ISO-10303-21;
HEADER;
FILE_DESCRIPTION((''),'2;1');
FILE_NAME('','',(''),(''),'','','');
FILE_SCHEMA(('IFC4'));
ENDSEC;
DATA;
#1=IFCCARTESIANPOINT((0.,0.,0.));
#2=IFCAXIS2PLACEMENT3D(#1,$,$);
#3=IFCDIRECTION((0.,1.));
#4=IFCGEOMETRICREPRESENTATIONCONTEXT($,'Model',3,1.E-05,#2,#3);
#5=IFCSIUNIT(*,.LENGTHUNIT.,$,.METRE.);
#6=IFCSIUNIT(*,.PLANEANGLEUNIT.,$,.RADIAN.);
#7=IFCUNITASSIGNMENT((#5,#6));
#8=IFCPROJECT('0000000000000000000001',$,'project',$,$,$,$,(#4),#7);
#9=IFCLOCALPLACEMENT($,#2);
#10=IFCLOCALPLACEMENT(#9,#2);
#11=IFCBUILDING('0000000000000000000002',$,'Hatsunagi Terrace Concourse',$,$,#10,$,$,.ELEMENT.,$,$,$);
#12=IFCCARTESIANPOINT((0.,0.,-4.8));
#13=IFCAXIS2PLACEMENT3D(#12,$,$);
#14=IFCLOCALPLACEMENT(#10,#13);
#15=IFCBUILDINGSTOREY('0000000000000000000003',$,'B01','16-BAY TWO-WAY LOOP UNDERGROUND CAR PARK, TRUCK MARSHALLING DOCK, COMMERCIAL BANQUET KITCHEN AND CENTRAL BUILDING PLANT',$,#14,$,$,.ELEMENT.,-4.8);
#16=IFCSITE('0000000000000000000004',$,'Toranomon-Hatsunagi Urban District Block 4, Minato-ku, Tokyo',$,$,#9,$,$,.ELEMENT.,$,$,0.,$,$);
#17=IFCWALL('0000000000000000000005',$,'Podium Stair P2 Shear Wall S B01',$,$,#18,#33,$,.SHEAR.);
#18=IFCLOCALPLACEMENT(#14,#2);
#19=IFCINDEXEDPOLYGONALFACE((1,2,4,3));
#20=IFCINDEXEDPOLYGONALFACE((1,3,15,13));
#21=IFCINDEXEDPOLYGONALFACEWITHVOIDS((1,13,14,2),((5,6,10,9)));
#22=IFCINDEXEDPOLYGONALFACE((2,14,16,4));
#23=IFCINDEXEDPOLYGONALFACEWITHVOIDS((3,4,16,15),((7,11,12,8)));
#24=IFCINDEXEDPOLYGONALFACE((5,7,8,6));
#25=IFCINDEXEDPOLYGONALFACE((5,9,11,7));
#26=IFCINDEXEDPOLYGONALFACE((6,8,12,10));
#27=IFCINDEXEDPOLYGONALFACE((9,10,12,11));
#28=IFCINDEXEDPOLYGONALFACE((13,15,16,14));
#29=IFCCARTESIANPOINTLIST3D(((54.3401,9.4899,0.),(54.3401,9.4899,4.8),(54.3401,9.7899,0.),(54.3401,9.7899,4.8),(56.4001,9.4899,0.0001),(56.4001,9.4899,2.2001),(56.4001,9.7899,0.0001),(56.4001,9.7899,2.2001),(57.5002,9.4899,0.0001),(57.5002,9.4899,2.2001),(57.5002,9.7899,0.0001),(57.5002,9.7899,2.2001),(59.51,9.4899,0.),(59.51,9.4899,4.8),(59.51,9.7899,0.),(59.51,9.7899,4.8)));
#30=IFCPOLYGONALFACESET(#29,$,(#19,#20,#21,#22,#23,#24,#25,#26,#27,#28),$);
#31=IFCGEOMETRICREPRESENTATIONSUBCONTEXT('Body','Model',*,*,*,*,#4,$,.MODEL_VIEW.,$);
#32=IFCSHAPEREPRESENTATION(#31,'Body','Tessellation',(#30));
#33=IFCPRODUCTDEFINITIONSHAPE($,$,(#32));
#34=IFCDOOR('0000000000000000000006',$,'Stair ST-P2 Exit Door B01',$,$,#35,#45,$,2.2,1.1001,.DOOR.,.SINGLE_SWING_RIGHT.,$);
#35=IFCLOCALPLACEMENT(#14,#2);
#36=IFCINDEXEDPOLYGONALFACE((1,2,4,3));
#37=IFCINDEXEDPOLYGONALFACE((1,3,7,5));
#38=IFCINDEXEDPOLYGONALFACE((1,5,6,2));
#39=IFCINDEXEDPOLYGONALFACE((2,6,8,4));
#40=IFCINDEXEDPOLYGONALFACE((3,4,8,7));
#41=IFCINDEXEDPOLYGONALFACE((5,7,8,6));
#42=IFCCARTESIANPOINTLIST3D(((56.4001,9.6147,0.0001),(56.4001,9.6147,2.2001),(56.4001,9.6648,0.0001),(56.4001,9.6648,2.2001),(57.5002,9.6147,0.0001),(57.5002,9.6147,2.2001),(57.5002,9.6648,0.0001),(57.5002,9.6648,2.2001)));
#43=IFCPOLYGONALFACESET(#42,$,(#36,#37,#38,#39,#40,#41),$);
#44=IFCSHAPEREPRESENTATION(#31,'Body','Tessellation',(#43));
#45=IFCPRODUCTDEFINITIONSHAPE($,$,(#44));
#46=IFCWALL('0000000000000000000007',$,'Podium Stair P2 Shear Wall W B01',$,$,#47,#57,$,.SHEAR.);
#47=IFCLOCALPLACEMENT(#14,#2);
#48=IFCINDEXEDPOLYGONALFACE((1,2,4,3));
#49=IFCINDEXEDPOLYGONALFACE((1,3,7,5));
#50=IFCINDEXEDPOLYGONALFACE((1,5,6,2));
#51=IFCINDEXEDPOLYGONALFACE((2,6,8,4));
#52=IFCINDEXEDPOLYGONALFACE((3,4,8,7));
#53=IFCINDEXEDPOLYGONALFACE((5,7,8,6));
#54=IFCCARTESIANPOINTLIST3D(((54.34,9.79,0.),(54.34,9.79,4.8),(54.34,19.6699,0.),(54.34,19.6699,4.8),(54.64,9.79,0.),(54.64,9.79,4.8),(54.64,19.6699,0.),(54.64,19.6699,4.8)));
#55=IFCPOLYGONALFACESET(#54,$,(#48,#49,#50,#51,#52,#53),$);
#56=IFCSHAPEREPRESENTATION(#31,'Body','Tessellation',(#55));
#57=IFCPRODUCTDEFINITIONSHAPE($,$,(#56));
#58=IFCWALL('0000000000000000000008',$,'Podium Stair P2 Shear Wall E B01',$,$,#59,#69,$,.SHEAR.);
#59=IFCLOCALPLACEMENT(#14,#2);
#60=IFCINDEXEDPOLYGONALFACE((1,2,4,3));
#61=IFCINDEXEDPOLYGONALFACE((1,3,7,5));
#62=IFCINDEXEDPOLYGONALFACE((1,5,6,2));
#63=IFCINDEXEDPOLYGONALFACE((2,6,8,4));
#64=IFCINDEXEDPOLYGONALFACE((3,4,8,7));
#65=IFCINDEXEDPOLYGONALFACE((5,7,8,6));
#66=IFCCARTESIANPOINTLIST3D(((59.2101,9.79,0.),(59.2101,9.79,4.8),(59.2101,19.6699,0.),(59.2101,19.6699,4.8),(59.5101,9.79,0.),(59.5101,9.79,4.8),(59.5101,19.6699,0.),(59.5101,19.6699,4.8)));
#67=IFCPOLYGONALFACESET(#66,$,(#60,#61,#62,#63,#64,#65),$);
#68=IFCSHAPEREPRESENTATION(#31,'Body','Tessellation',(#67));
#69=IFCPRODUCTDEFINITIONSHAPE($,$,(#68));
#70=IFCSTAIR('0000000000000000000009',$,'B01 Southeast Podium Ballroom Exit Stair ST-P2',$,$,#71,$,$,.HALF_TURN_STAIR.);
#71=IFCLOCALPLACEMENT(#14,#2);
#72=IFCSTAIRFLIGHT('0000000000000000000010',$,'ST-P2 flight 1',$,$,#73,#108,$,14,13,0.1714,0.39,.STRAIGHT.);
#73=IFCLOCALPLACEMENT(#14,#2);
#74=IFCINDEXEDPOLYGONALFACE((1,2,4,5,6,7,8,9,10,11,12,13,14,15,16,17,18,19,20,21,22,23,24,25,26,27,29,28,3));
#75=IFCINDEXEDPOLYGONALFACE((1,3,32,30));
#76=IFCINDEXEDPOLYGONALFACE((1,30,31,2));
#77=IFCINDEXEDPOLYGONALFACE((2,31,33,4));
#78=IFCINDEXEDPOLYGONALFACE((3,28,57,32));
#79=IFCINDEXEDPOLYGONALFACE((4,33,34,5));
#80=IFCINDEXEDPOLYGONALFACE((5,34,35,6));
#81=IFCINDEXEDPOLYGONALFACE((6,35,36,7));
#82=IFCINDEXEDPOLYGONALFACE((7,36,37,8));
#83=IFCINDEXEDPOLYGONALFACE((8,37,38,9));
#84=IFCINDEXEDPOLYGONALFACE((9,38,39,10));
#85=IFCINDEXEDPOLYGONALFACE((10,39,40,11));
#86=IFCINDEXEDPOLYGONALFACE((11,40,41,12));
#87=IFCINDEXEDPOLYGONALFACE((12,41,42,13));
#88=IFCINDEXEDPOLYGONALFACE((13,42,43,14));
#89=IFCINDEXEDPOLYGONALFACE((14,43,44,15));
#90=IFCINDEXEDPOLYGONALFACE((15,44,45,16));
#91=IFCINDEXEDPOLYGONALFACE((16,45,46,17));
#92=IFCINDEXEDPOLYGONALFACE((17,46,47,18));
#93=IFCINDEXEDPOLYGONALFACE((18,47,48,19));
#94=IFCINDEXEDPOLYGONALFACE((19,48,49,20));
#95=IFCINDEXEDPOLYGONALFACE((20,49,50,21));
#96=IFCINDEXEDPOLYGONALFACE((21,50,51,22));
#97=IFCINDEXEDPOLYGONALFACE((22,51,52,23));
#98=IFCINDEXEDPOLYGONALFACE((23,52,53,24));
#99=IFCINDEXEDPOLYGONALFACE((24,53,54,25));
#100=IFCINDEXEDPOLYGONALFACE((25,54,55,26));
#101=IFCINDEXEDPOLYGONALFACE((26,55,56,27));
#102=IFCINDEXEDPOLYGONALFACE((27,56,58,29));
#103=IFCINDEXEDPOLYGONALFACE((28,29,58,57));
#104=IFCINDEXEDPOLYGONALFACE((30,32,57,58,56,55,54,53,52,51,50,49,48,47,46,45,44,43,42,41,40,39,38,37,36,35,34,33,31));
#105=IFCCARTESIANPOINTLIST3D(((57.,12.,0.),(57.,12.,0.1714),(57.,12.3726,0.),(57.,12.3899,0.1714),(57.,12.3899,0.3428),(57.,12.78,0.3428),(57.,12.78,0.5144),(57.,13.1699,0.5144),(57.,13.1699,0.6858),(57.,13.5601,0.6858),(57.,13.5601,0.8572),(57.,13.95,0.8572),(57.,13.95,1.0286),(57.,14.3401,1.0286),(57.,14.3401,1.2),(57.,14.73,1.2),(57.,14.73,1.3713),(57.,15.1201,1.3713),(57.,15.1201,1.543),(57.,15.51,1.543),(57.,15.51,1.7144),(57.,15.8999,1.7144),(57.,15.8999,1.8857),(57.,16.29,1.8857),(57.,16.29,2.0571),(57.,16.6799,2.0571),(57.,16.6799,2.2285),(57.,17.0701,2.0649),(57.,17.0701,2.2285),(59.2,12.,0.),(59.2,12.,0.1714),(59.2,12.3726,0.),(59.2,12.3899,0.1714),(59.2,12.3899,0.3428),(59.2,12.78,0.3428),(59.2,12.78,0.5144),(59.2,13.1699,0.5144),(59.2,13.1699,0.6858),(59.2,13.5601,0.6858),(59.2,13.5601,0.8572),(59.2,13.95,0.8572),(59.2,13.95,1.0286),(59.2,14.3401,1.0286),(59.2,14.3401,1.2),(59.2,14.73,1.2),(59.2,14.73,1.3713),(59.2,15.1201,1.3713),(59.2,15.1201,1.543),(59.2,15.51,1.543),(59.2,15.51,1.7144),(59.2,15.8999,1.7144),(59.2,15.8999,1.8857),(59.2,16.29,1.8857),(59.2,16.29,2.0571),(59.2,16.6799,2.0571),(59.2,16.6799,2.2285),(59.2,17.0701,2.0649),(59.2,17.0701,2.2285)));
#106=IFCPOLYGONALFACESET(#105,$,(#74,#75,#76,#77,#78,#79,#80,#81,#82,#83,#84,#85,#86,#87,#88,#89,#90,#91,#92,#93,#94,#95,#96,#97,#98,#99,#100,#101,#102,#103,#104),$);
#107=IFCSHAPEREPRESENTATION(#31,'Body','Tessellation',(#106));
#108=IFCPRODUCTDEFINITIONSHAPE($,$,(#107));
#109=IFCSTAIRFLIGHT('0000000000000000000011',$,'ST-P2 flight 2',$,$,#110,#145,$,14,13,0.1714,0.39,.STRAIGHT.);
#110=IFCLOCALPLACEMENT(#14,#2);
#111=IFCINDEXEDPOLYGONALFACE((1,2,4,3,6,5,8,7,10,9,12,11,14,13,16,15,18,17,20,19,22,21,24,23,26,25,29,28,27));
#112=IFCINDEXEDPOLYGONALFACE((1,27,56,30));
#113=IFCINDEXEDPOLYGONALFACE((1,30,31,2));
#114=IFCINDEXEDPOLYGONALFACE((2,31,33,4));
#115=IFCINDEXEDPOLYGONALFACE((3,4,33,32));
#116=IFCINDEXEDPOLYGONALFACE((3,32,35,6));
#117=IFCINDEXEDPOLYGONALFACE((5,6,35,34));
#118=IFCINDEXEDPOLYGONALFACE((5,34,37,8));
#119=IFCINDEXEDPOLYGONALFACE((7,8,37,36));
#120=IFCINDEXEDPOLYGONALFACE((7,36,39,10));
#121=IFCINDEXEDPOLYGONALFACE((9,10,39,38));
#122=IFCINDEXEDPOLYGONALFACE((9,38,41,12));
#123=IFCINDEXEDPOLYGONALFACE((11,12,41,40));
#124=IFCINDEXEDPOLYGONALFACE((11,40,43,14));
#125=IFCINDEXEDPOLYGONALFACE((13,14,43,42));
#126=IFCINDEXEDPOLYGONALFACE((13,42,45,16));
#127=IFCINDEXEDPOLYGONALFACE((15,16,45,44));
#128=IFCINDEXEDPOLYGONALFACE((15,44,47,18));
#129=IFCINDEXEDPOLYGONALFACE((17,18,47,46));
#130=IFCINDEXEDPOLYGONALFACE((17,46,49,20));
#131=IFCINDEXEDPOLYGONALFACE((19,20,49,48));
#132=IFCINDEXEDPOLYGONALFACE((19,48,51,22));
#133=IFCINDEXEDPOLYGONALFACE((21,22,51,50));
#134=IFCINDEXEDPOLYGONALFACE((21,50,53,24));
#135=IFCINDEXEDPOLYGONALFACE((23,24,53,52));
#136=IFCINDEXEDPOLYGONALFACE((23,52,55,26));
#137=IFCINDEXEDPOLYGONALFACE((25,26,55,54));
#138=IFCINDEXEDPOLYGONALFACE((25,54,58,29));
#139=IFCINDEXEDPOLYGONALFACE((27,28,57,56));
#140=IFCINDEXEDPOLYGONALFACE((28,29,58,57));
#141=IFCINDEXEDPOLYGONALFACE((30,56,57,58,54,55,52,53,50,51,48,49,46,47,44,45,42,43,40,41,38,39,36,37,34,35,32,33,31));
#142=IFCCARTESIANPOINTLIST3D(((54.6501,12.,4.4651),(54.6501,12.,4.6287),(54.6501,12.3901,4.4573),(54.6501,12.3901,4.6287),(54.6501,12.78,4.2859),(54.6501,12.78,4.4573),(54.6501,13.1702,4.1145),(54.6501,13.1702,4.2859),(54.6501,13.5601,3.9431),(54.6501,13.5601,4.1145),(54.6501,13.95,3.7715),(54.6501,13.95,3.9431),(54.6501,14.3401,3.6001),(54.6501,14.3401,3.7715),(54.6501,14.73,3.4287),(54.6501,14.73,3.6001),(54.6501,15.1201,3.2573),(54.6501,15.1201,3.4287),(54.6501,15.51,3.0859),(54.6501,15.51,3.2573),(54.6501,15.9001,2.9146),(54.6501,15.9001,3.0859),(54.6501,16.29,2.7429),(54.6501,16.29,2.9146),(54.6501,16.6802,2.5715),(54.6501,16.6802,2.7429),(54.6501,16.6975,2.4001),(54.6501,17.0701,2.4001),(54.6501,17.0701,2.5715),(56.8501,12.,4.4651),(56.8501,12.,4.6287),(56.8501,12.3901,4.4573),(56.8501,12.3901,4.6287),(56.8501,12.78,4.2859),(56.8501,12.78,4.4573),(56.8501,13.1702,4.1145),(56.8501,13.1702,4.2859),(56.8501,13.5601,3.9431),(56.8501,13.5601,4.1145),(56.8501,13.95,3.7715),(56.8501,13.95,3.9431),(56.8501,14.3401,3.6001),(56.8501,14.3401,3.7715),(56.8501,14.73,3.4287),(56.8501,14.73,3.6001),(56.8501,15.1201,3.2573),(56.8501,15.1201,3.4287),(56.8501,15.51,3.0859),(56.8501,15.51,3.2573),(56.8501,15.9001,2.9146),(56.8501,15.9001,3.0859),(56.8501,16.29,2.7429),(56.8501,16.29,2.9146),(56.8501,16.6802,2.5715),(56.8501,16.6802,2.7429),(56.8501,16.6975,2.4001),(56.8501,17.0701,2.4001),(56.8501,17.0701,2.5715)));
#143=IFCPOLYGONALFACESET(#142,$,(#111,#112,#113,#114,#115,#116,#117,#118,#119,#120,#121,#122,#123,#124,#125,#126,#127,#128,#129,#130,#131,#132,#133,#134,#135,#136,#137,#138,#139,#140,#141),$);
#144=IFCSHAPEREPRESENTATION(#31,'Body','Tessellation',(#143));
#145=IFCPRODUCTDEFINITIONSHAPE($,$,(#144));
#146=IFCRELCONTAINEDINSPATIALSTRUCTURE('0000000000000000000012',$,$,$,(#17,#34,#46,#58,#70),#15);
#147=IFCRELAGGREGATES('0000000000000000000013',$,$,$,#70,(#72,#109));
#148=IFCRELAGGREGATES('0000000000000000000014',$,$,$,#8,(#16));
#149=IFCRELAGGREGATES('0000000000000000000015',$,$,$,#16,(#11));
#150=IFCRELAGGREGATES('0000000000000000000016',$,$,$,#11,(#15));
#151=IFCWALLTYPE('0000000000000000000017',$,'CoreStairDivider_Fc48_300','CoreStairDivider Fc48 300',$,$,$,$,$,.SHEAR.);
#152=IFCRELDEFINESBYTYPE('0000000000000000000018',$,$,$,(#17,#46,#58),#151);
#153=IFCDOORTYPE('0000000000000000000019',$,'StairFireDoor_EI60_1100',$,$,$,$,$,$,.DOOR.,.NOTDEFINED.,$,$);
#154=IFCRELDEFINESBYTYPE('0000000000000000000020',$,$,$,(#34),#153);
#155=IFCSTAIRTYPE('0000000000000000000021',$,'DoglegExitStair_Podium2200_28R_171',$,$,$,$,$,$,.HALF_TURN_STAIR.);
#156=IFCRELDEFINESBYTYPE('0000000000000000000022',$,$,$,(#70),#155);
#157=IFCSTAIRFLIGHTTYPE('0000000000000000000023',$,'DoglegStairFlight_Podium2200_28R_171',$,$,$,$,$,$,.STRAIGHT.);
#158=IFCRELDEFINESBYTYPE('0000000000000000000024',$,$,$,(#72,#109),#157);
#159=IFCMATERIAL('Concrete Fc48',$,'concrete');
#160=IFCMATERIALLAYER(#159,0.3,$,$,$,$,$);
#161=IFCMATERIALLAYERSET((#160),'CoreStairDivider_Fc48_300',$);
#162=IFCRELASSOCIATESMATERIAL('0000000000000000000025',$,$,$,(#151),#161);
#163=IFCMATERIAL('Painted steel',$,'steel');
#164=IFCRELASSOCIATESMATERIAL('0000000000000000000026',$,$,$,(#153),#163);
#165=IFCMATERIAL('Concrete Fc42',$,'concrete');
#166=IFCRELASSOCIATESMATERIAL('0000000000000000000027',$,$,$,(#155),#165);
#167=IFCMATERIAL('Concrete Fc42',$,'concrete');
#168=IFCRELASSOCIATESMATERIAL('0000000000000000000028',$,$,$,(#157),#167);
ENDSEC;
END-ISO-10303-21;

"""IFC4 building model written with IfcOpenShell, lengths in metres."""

from ifc_helpers import new_model, si_unit, direction, frame, frame_2d, origin, place, context, subcontext, project, spatial, polyline, rectangle, outline, extrude, material, layer, layer_set, type_object, element, fill, aggregate, save


model = new_model("IFC4")

# Units and contexts
model_context = context("Model", 3, precision=1e-05, world=origin(), true_north=direction((0.0, 1.0)))
body_context = subcontext(model_context, "Body", "Model", "MODEL_VIEW")
ifc_project = project(units=[si_unit("LENGTHUNIT", "METRE"), si_unit("PLANEANGLEUNIT", "RADIAN")], contexts=[model_context])

# Site, building, storey
site_placement = place(None, origin())
site = spatial("IfcSite", under=ifc_project, at=site_placement, Name="Toranomon-Hatsunagi Urban District Block 4, Minato-ku, Tokyo", CompositionType="ELEMENT", RefElevation=0.0)
building_placement = place(site_placement, origin())
building = spatial("IfcBuilding", under=site, at=building_placement, Name="Hatsunagi Terrace Concourse", CompositionType="ELEMENT")
storey_placement = place(building_placement, frame((0.0, 0.0, -4.8)))
storey = spatial("IfcBuildingStorey", under=building, at=storey_placement, Name="B01", Description="16-BAY TWO-WAY LOOP UNDERGROUND CAR PARK, TRUCK MARSHALLING DOCK, COMMERCIAL BANQUET KITCHEN AND CENTRAL BUILDING PLANT", CompositionType="ELEMENT", Elevation=-4.8)

# Wall, opening, door
ifc_material_1 = material(Name="Concrete Fc48", Category="concrete")
ifc_layer_1 = layer(ifc_material_1, 0.3)
ifc_layer_set_1 = layer_set([ifc_layer_1], Name="CoreStairDivider_Fc48_300")
wall_type_1 = type_object("IfcWallType", Name="CoreStairDivider_Fc48_300", Description="CoreStairDivider Fc48 300", PredefinedType="SHEAR", material=ifc_layer_set_1)
wall_1_placement = place(storey_placement, frame((54.3401, 9.6399, 0.0), z_axis=(0.0, 0.0, 1.0), x_axis=(1.0, 0.0, 0.0)))
wall_1 = element("IfcWall", 1, at=wall_1_placement, inside=storey, type_object=wall_type_1, Name="Podium Stair P2 Shear Wall S B01", PredefinedType="SHEAR", context=body_context, shape_type="SweptSolid", body=[
    extrude(rectangle(XDim=5.1699, YDim=0.3, at=frame_2d((2.585, 0.0))), origin(), (0.0, 0.0, 1.0), 4.8),
])
opening_placement = place(wall_1_placement, frame((2.0601, 0.0, 0.0)))
opening = element("IfcOpeningElement", 2, at=opening_placement, cuts=wall_1, PredefinedType="OPENING", context=body_context, shape_type="SweptSolid", body=[
    extrude(rectangle(XDim=1.1001, YDim=2.2, at=frame_2d((0.55, 1.1001))), frame((0.0, 0.1599, 0.0), z_axis=(0.0, -1.0, 0.0), x_axis=(1.0, 0.0, 0.0)), (0.0, 0.0, 1.0), 0.3201),
])
ifc_material_2 = material(Name="Painted steel", Category="steel")
door_type = type_object("IfcDoorType", Name="StairFireDoor_EI60_1100", OperationType="NOTDEFINED", PredefinedType="DOOR", material=ifc_material_2)
door_placement = place(opening_placement, origin())
door = element("IfcDoor", 3, at=door_placement, inside=storey, type_object=door_type, Name="Stair ST-P2 Exit Door B01", OperationType="SINGLE_SWING_RIGHT", OverallHeight=2.2, OverallWidth=1.1001, PredefinedType="DOOR", context=body_context, shape_type="SweptSolid", body=[
    extrude(rectangle(XDim=1.1001, YDim=2.2, at=frame_2d((0.55, 1.1001))), frame((0.0, 0.0249, 0.0), z_axis=(0.0, -1.0, 0.0), x_axis=(1.0, 0.0, 0.0)), (0.0, 0.0, 1.0), 0.05),
])
fill(opening, door)

# Walls
for number, where, z_axis, x_axis, name in (
    (4, (54.49, 9.79, 0.0), (0.0, 0.0, 1.0), (0.0, 1.0, 0.0), "Podium Stair P2 Shear Wall W B01"),
    (5, (59.3601, 9.79, 0.0), (0.0, 0.0, 1.0), (0.0, 1.0, 0.0), "Podium Stair P2 Shear Wall E B01"),
):
    element("IfcWall", number, at=place(storey_placement, frame(where, z_axis=z_axis, x_axis=x_axis)), inside=storey, type_object=wall_type_1, Name=name, PredefinedType="SHEAR", context=body_context, shape_type="SweptSolid", body=[
        extrude(rectangle(XDim=9.8799, YDim=0.3, at=frame_2d((4.9399, 0.0))), origin(), (0.0, 0.0, 1.0), 4.8),
    ])

# Stair, stair flights
ifc_material_3 = material(Name="Concrete Fc42", Category="concrete")
stair_type = type_object("IfcStairType", Name="DoglegExitStair_Podium2200_28R_171", PredefinedType="HALF_TURN_STAIR", material=ifc_material_3)
stair_placement = place(storey_placement, origin())
stair = element("IfcStair", 6, at=stair_placement, inside=storey, type_object=stair_type, Name="B01 Southeast Podium Ballroom Exit Stair ST-P2", PredefinedType="HALF_TURN_STAIR")
ifc_material_4 = material(Name="Concrete Fc42", Category="concrete")
stair_flight_type = type_object("IfcStairFlightType", Name="DoglegStairFlight_Podium2200_28R_171", PredefinedType="STRAIGHT", material=ifc_material_4)
stair_flight_1_placement = place(storey_placement, frame((58.1001, 12.0, 0.0), z_axis=(0.0, 0.0, 1.0), x_axis=(0.0, 1.0, 0.0)))
stair_flight_1 = element("IfcStairFlight", 7, at=stair_flight_1_placement, type_object=stair_flight_type, Name="ST-P2 flight 1", NumberOfRisers=14, NumberOfTreads=13, PredefinedType="STRAIGHT", RiserHeight=0.1714, TreadLength=0.39, context=body_context, shape_type="SweptSolid", body=[
    extrude(outline(polyline([(0.0, 0.0), (0.0, 0.1714), (0.3899, 0.1714), (0.3899, 0.3428), (0.78, 0.3428), (0.78, 0.5144), (1.1699, 0.5144), (1.1699, 0.6858), (1.5601, 0.6858), (1.5601, 0.8572), (1.95, 0.8572), (1.95, 1.0286), (2.3401, 1.0286), (2.3401, 1.2), (2.73, 1.2), (2.73, 1.3713), (3.1201, 1.3713), (3.1201, 1.543), (3.51, 1.543), (3.51, 1.7144), (3.8999, 1.7144), (3.8999, 1.8857), (4.29, 1.8857), (4.29, 2.0571), (4.6799, 2.0571), (4.6799, 2.2285), (5.0701, 2.2285), (5.0701, 2.3999), (5.0701, 2.0649), (0.3726, 0.0), (0.0, 0.0)])), frame((0.0, 1.1001, 0.0), z_axis=(0.0, -1.0, 0.0), x_axis=(1.0, 0.0, 0.0)), (0.0, 0.0, 1.0), 2.2),
])
stair_flight_2_placement = place(storey_placement, frame((55.75, 17.0701, 2.4001), z_axis=(0.0, 0.0, 1.0), x_axis=(0.0, -1.0, 0.0)))
stair_flight_2 = element("IfcStairFlight", 8, at=stair_flight_2_placement, type_object=stair_flight_type, Name="ST-P2 flight 2", NumberOfRisers=14, NumberOfTreads=13, PredefinedType="STRAIGHT", RiserHeight=0.1714, TreadLength=0.39, context=body_context, shape_type="SweptSolid", body=[
    extrude(outline(polyline([(0.0, 0.0), (0.0, 0.1714), (0.3899, 0.1714), (0.3899, 0.3428), (0.78, 0.3428), (0.78, 0.5144), (1.1699, 0.5144), (1.1699, 0.6858), (1.5601, 0.6858), (1.5601, 0.8572), (1.95, 0.8572), (1.95, 1.0286), (2.3401, 1.0286), (2.3401, 1.2), (2.73, 1.2), (2.73, 1.3713), (3.1201, 1.3713), (3.1201, 1.543), (3.51, 1.543), (3.51, 1.7144), (3.8999, 1.7144), (3.8999, 1.8857), (4.29, 1.8857), (4.29, 2.0571), (4.6799, 2.0571), (4.6799, 2.2285), (5.0701, 2.2285), (5.0701, 2.3999), (5.0701, 2.0649), (0.3726, 0.0), (0.0, 0.0)])), frame((0.0, 1.1001, 0.0), z_axis=(0.0, -1.0, 0.0), x_axis=(1.0, 0.0, 0.0)), (0.0, 0.0, 1.0), 2.2),
])
aggregate(stair, [stair_flight_1, stair_flight_2])

save(model, "model.ifc")
